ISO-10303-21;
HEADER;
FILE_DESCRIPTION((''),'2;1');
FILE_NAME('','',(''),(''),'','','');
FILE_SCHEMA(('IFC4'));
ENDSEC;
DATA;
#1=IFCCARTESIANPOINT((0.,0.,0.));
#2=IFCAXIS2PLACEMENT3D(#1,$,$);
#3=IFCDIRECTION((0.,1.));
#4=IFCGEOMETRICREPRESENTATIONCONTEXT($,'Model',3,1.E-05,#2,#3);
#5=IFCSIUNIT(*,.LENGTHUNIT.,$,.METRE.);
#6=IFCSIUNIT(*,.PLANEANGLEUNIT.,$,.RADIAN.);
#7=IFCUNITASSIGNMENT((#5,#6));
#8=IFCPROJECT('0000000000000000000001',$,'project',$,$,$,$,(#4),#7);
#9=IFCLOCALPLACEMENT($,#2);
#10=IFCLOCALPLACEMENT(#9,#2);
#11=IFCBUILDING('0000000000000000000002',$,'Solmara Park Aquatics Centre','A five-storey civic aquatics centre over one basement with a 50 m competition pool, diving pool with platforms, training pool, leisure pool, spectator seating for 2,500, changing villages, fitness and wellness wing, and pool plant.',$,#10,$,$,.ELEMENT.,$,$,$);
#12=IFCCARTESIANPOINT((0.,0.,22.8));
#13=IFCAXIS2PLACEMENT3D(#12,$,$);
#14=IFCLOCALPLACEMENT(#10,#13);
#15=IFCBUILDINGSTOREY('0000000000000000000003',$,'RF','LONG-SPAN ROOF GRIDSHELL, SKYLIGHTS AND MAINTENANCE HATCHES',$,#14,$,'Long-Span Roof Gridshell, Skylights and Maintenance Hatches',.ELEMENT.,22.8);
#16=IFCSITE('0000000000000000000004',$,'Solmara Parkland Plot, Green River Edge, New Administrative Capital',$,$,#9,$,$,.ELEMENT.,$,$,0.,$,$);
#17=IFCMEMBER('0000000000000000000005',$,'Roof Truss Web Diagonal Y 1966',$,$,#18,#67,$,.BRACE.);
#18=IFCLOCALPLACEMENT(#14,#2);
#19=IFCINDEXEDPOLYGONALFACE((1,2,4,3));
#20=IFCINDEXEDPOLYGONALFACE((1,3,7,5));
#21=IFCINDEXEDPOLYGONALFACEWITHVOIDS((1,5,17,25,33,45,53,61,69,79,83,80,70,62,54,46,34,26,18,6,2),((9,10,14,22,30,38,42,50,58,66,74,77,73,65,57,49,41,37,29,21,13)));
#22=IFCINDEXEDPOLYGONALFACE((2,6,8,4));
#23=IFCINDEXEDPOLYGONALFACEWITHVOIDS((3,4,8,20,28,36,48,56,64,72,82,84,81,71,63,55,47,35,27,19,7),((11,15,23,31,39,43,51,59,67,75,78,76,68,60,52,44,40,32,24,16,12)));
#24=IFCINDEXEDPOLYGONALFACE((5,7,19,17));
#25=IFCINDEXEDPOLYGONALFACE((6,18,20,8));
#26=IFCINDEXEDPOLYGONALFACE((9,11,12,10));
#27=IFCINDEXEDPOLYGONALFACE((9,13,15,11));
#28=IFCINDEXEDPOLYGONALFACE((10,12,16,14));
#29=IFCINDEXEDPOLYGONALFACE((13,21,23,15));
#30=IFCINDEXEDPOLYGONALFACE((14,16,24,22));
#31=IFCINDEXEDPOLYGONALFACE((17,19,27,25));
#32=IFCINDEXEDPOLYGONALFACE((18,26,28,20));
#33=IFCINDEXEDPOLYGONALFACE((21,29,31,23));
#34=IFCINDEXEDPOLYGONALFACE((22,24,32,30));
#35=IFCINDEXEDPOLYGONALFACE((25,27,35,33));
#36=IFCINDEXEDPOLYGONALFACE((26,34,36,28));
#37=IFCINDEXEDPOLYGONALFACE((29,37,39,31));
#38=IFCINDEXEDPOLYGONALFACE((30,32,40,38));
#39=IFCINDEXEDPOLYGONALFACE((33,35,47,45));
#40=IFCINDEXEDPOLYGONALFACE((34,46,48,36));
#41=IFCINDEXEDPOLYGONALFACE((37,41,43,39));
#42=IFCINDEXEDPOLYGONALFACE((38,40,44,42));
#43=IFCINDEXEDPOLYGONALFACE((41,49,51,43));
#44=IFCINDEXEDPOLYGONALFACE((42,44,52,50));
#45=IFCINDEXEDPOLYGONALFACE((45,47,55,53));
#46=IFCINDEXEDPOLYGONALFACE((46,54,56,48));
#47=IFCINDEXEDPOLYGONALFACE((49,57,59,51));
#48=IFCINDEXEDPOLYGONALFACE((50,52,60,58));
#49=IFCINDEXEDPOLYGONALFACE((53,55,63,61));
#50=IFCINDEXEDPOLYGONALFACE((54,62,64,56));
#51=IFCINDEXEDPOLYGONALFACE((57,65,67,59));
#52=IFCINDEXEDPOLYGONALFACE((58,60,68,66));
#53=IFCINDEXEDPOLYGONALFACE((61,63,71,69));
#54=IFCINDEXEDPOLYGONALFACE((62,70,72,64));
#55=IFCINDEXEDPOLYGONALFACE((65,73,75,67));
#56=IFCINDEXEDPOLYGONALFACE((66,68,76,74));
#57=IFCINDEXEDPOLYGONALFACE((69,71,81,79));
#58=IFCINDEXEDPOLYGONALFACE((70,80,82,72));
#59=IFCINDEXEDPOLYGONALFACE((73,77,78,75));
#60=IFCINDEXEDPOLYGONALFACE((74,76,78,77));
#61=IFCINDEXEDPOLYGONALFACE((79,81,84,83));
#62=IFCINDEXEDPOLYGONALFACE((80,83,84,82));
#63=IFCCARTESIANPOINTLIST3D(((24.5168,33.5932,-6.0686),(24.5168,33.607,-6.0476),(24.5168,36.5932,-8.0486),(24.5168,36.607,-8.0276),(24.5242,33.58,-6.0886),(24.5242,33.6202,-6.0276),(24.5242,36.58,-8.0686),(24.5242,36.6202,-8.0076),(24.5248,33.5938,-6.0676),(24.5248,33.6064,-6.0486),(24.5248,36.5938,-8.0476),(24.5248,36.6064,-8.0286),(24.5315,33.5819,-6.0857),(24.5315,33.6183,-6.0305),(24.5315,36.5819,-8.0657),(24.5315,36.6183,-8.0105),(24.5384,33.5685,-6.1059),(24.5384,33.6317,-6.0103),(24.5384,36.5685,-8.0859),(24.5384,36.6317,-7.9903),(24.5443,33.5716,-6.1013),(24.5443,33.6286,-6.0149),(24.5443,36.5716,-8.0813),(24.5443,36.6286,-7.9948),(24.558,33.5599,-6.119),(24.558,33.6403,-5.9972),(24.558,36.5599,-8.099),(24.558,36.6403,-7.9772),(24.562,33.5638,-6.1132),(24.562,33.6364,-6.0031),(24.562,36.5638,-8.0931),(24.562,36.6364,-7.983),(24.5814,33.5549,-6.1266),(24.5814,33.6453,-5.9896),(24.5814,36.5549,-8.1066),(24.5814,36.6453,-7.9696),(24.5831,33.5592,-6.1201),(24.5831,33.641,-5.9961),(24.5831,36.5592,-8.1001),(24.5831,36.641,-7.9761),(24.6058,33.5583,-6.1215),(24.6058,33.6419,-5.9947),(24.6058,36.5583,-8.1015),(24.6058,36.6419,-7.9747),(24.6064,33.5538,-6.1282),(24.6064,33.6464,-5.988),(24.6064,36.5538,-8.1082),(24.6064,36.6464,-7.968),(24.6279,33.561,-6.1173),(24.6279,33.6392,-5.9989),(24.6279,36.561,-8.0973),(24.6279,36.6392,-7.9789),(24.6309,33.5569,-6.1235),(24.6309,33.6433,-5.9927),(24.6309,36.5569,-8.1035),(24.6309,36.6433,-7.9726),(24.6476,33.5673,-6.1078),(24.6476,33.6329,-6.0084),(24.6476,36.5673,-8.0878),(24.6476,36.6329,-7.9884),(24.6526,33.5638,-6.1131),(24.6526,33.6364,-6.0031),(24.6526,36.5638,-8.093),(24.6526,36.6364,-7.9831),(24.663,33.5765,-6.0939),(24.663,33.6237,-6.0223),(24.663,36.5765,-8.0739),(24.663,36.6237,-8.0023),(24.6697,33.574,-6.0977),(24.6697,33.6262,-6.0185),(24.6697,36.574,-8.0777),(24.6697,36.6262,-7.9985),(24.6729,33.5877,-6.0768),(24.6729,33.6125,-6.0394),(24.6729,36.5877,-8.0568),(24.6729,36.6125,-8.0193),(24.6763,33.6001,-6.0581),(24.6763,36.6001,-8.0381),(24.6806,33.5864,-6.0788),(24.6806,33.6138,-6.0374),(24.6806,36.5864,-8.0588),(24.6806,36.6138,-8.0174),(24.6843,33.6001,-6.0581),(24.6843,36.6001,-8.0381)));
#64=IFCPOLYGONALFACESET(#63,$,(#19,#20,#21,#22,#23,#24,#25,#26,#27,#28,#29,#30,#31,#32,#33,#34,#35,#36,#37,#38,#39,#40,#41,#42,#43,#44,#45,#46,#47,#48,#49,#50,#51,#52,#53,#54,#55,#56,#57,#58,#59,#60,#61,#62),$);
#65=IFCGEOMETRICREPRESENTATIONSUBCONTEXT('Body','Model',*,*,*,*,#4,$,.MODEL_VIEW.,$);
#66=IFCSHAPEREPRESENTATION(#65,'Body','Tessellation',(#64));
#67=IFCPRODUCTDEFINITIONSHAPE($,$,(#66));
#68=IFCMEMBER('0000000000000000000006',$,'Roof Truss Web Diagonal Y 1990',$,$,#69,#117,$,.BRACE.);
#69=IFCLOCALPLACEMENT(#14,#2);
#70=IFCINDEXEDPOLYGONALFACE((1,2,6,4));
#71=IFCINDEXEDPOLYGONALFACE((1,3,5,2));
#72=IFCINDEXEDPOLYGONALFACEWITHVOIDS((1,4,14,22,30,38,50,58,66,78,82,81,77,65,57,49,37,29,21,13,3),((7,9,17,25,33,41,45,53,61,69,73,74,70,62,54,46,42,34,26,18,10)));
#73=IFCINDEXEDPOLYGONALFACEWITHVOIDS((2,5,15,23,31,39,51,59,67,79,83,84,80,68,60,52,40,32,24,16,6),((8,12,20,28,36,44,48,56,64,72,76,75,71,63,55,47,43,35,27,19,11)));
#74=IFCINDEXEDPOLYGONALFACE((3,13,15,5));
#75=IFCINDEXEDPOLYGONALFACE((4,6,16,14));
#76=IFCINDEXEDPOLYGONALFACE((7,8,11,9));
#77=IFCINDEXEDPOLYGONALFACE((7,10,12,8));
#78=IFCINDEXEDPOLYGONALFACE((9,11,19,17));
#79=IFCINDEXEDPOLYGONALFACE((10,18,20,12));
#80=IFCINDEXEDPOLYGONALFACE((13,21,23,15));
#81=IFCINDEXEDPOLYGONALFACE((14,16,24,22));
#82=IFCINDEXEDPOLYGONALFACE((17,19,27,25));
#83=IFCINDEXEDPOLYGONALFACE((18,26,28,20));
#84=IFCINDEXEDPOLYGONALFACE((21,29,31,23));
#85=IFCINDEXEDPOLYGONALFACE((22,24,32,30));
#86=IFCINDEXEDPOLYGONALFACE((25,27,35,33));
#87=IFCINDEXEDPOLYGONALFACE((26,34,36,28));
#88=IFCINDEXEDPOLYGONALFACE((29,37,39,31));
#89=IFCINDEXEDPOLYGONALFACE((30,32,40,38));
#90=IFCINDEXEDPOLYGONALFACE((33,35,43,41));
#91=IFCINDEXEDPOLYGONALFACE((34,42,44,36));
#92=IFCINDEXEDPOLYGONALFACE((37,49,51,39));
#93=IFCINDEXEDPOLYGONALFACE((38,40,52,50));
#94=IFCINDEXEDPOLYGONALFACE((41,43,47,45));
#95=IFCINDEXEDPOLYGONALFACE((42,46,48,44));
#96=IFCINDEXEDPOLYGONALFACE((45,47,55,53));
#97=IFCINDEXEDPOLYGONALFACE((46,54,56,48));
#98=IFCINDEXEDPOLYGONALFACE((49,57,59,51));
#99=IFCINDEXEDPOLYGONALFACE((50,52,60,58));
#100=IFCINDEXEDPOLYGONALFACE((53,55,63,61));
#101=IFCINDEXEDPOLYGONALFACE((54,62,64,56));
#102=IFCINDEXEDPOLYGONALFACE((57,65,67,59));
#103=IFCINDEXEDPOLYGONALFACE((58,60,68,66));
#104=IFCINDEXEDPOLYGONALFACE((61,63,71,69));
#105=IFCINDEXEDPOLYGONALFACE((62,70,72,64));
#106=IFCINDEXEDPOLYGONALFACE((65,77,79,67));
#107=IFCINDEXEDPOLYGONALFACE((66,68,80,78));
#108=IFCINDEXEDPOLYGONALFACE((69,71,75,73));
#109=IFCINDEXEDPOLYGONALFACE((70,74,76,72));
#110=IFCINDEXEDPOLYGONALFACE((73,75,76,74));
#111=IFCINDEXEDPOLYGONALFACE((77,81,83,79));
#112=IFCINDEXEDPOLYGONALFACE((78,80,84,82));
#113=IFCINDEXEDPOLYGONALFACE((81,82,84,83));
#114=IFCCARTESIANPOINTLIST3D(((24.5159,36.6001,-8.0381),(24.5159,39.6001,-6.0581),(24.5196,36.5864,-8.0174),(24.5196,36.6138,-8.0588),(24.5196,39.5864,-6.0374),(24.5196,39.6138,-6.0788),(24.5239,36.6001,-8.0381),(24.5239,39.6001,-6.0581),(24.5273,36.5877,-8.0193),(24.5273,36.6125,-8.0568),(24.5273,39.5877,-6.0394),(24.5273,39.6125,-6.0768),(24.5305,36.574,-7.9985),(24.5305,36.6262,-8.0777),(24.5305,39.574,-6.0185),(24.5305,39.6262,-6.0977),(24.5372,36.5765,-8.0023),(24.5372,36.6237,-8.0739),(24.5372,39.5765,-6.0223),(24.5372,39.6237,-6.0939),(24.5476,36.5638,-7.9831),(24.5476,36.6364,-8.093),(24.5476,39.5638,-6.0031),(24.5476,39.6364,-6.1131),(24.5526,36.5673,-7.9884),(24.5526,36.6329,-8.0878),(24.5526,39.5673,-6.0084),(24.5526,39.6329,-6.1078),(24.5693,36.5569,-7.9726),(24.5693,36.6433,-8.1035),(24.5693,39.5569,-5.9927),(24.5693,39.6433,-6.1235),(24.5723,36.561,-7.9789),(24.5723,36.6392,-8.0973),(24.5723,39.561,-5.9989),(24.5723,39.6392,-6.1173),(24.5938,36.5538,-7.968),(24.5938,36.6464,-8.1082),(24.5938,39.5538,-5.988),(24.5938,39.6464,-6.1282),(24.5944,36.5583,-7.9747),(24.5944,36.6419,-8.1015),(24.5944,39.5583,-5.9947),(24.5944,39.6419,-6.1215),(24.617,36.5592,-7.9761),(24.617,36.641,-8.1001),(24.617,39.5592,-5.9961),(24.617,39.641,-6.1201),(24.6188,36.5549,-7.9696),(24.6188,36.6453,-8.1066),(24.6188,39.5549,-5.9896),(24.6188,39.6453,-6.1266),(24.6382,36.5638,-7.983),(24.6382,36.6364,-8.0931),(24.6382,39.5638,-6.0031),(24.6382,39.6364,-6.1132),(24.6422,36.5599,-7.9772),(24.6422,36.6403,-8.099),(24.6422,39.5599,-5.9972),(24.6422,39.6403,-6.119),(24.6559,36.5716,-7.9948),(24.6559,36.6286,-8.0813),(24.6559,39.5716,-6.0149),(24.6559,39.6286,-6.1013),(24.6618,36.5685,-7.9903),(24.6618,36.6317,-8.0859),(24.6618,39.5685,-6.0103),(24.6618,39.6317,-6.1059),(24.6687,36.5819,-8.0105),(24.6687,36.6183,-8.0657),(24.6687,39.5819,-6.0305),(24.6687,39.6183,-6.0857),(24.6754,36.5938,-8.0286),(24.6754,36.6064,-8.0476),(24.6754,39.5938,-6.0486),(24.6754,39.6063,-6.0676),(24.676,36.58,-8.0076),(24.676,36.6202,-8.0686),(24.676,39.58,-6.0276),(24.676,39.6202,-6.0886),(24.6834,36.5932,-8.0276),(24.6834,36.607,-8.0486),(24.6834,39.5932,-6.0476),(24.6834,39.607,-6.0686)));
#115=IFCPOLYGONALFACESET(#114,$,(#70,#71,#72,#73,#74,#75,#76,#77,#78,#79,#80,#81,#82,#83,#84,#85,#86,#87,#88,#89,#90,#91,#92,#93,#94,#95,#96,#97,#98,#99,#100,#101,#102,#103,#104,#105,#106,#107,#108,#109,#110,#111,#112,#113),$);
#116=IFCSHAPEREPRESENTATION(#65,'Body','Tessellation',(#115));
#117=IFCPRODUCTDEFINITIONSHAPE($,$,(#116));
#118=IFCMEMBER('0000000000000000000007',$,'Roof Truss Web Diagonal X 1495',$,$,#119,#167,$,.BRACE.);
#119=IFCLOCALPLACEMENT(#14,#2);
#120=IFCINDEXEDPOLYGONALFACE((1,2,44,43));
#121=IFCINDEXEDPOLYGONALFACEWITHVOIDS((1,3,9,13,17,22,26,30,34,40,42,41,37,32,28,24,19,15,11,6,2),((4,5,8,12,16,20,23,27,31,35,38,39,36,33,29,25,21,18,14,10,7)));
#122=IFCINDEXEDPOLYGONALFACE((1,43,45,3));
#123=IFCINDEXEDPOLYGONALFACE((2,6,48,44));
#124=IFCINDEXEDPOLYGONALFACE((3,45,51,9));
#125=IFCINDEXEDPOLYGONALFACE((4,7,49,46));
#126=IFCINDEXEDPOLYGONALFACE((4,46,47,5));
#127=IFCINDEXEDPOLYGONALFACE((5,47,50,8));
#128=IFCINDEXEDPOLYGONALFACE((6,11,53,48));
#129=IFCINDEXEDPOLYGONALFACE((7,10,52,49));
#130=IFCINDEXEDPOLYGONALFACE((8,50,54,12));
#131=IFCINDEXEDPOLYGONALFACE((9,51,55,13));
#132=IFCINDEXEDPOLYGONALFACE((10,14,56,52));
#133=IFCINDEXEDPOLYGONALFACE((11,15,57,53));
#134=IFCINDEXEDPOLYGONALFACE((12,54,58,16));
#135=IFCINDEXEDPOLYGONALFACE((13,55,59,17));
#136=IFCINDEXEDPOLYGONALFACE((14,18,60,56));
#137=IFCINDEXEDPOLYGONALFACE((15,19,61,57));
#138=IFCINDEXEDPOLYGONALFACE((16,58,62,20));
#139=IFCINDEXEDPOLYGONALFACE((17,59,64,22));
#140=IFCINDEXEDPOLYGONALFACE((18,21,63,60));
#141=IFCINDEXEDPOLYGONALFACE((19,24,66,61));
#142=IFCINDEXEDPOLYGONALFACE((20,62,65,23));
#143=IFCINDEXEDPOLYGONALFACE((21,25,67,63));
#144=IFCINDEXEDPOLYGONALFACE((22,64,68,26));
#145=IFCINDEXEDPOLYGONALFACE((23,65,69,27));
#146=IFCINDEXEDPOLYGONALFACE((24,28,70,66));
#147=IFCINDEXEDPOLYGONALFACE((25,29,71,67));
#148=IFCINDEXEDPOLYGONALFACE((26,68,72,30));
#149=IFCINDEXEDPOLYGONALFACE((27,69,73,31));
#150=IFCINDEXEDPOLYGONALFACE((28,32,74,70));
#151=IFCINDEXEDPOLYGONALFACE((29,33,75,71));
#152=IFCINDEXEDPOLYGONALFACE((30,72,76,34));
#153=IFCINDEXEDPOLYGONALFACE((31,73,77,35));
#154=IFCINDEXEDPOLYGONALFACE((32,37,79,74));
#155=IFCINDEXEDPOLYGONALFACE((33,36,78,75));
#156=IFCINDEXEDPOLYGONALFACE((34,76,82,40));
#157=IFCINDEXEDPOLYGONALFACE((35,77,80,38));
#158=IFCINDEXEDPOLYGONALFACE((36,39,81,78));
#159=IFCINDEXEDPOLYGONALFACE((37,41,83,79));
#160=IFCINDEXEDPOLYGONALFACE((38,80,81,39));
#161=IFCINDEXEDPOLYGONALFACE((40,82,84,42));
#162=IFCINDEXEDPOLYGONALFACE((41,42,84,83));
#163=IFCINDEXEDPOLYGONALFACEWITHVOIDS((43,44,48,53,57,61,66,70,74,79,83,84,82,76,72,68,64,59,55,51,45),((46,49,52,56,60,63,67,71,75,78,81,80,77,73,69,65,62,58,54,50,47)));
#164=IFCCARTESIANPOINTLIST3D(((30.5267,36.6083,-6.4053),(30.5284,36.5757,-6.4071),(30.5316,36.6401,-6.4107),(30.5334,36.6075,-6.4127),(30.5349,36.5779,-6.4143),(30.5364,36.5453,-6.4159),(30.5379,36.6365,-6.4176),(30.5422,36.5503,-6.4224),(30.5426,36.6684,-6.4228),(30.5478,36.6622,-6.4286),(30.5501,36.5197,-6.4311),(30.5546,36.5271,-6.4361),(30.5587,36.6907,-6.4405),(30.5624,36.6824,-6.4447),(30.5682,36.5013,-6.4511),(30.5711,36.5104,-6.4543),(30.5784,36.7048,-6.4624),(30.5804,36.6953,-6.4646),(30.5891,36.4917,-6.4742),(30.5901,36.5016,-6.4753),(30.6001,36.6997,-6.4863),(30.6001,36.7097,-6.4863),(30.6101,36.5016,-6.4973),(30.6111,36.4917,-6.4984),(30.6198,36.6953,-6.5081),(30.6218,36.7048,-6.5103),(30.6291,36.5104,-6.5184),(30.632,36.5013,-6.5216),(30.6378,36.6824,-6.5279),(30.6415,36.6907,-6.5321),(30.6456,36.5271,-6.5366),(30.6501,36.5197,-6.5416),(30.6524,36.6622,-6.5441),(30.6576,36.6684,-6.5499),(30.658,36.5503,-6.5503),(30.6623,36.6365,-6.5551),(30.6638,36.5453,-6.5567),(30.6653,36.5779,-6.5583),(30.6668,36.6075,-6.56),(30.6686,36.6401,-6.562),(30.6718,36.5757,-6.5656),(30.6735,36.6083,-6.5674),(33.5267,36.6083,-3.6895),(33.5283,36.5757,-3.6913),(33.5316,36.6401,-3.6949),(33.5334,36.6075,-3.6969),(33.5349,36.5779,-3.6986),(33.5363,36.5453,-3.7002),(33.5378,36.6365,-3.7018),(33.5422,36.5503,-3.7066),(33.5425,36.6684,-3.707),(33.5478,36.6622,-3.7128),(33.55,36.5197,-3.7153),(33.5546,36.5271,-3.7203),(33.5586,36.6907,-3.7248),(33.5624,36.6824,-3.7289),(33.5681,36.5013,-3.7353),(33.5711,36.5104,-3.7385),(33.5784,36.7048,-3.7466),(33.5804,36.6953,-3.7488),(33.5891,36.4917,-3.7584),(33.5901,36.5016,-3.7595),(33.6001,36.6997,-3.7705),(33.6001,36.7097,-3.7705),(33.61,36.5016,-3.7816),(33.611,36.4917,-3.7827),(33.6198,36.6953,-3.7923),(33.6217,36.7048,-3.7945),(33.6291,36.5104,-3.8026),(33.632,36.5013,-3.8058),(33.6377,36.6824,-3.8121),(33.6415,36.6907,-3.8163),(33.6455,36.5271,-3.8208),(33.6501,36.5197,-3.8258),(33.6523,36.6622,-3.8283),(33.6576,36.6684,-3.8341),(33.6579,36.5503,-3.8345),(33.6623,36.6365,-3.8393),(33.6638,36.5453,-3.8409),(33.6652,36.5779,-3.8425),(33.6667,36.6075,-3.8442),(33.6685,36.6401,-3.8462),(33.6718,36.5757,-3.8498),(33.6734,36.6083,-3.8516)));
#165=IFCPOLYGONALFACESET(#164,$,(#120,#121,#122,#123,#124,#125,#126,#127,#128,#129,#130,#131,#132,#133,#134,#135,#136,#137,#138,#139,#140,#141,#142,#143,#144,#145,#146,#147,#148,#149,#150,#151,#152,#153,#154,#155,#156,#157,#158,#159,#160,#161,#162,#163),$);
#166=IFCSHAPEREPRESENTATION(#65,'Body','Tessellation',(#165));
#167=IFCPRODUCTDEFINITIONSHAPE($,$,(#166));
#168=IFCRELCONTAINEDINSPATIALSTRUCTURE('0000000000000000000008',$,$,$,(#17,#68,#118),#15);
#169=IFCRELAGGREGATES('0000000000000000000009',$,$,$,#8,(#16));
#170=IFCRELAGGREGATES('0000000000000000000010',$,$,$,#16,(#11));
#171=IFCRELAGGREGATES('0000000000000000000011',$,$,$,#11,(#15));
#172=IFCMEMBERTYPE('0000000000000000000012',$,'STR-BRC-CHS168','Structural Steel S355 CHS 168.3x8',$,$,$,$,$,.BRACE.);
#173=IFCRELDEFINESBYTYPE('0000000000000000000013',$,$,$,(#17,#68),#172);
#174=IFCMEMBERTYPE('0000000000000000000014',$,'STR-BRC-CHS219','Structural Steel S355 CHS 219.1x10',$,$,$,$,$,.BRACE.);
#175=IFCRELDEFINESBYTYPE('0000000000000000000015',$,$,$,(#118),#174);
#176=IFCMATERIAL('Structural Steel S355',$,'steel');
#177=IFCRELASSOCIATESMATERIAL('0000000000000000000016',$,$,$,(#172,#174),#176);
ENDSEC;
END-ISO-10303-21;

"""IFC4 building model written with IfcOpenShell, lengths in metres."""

from ifc_helpers import new_model, si_unit, direction, frame, origin, origin_2d, place, context, subcontext, project, spatial, hollow_circle, extrude, material, material_profile, profile_set, type_object, element, save


model = new_model("IFC4")

# Units and contexts
model_context = context("Model", 3, precision=1e-05, world=origin(), true_north=direction((0.0, 1.0)))
body_context = subcontext(model_context, "Body", "Model", "MODEL_VIEW")
ifc_project = project(units=[si_unit("LENGTHUNIT", "METRE"), si_unit("PLANEANGLEUNIT", "RADIAN")], contexts=[model_context])

# Site, building, storey
site_placement = place(None, origin())
site = spatial("IfcSite", under=ifc_project, at=site_placement, Name="Solmara Parkland Plot, Green River Edge, New Administrative Capital", CompositionType="ELEMENT", RefElevation=0.0)
building_placement = place(site_placement, origin())
building = spatial("IfcBuilding", under=site, at=building_placement, Name="Solmara Park Aquatics Centre", Description="A five-storey civic aquatics centre over one basement with a 50 m competition pool, diving pool with platforms, training pool, leisure pool, spectator seating for 2,500, changing villages, fitness and wellness wing, and pool plant.", CompositionType="ELEMENT")
storey_placement = place(building_placement, frame((0.0, 0.0, 22.8)))
storey = spatial("IfcBuildingStorey", under=building, at=storey_placement, Name="RF", Description="LONG-SPAN ROOF GRIDSHELL, SKYLIGHTS AND MAINTENANCE HATCHES", LongName="Long-Span Roof Gridshell, Skylights and Maintenance Hatches", CompositionType="ELEMENT", Elevation=22.8)

# Members
ifc_material_1 = material(Name="Structural Steel S355", Category="steel")
ifc_material_profile_1 = material_profile(ifc_material_1, hollow_circle(Radius=0.0842, WallThickness=0.0081, at=origin_2d()), Name="CHS 168.3x8")
ifc_profile_set_1 = profile_set([ifc_material_profile_1], Name="Structural Steel S355")
member_type_1 = type_object("IfcMemberType", Name="STR-BRC-CHS168", Description="Structural Steel S355 CHS 168.3x8", PredefinedType="BRACE", material=ifc_profile_set_1)
for number, where, z_axis, x_axis, name in (
    (1, (24.6001, 36.6001, -8.0381), (0.0, -0.834612, 0.550838), (1.0, 0.0, 0.0), "Roof Truss Web Diagonal Y 1966"),
    (2, (24.6001, 36.6001, -8.0381), (0.0, 0.834612, 0.550838), (-1.0, 0.0, 0.0), "Roof Truss Web Diagonal Y 1990"),
):
    element("IfcMember", number, at=place(storey_placement, frame(where, z_axis=z_axis, x_axis=x_axis)), inside=storey, type_object=member_type_1, Name=name, PredefinedType="BRACE", context=body_context, shape_type="SweptSolid", body=[
        extrude(hollow_circle(Radius=0.0842, WallThickness=0.0081, at=origin_2d()), origin(), (0.0, 0.0, 1.0), 3.5945),
    ])
ifc_material_profile_2 = material_profile(ifc_material_1, hollow_circle(Radius=0.1096, WallThickness=0.01, at=origin_2d()), Name="CHS 219.1x10")
ifc_profile_set_2 = profile_set([ifc_material_profile_2], Name="Structural Steel S355")
member_type_2 = type_object("IfcMemberType", Name="STR-BRC-CHS219", Description="Structural Steel S355 CHS 219.1x10", PredefinedType="BRACE", material=ifc_profile_set_2)
member_1_placement = place(storey_placement, frame((30.6001, 36.6001, -6.4863), z_axis=(0.741347, 0.0, 0.671122), x_axis=(0.0, 1.0, 0.0)))
element("IfcMember", 3, at=member_1_placement, inside=storey, type_object=member_type_2, Name="Roof Truss Web Diagonal X 1495", PredefinedType="BRACE", context=body_context, shape_type="SweptSolid", body=[
    extrude(hollow_circle(Radius=0.1096, WallThickness=0.01, at=origin_2d()), origin(), (0.0, 0.0, 1.0), 4.0466),
])

save(model, "model.ifc")
